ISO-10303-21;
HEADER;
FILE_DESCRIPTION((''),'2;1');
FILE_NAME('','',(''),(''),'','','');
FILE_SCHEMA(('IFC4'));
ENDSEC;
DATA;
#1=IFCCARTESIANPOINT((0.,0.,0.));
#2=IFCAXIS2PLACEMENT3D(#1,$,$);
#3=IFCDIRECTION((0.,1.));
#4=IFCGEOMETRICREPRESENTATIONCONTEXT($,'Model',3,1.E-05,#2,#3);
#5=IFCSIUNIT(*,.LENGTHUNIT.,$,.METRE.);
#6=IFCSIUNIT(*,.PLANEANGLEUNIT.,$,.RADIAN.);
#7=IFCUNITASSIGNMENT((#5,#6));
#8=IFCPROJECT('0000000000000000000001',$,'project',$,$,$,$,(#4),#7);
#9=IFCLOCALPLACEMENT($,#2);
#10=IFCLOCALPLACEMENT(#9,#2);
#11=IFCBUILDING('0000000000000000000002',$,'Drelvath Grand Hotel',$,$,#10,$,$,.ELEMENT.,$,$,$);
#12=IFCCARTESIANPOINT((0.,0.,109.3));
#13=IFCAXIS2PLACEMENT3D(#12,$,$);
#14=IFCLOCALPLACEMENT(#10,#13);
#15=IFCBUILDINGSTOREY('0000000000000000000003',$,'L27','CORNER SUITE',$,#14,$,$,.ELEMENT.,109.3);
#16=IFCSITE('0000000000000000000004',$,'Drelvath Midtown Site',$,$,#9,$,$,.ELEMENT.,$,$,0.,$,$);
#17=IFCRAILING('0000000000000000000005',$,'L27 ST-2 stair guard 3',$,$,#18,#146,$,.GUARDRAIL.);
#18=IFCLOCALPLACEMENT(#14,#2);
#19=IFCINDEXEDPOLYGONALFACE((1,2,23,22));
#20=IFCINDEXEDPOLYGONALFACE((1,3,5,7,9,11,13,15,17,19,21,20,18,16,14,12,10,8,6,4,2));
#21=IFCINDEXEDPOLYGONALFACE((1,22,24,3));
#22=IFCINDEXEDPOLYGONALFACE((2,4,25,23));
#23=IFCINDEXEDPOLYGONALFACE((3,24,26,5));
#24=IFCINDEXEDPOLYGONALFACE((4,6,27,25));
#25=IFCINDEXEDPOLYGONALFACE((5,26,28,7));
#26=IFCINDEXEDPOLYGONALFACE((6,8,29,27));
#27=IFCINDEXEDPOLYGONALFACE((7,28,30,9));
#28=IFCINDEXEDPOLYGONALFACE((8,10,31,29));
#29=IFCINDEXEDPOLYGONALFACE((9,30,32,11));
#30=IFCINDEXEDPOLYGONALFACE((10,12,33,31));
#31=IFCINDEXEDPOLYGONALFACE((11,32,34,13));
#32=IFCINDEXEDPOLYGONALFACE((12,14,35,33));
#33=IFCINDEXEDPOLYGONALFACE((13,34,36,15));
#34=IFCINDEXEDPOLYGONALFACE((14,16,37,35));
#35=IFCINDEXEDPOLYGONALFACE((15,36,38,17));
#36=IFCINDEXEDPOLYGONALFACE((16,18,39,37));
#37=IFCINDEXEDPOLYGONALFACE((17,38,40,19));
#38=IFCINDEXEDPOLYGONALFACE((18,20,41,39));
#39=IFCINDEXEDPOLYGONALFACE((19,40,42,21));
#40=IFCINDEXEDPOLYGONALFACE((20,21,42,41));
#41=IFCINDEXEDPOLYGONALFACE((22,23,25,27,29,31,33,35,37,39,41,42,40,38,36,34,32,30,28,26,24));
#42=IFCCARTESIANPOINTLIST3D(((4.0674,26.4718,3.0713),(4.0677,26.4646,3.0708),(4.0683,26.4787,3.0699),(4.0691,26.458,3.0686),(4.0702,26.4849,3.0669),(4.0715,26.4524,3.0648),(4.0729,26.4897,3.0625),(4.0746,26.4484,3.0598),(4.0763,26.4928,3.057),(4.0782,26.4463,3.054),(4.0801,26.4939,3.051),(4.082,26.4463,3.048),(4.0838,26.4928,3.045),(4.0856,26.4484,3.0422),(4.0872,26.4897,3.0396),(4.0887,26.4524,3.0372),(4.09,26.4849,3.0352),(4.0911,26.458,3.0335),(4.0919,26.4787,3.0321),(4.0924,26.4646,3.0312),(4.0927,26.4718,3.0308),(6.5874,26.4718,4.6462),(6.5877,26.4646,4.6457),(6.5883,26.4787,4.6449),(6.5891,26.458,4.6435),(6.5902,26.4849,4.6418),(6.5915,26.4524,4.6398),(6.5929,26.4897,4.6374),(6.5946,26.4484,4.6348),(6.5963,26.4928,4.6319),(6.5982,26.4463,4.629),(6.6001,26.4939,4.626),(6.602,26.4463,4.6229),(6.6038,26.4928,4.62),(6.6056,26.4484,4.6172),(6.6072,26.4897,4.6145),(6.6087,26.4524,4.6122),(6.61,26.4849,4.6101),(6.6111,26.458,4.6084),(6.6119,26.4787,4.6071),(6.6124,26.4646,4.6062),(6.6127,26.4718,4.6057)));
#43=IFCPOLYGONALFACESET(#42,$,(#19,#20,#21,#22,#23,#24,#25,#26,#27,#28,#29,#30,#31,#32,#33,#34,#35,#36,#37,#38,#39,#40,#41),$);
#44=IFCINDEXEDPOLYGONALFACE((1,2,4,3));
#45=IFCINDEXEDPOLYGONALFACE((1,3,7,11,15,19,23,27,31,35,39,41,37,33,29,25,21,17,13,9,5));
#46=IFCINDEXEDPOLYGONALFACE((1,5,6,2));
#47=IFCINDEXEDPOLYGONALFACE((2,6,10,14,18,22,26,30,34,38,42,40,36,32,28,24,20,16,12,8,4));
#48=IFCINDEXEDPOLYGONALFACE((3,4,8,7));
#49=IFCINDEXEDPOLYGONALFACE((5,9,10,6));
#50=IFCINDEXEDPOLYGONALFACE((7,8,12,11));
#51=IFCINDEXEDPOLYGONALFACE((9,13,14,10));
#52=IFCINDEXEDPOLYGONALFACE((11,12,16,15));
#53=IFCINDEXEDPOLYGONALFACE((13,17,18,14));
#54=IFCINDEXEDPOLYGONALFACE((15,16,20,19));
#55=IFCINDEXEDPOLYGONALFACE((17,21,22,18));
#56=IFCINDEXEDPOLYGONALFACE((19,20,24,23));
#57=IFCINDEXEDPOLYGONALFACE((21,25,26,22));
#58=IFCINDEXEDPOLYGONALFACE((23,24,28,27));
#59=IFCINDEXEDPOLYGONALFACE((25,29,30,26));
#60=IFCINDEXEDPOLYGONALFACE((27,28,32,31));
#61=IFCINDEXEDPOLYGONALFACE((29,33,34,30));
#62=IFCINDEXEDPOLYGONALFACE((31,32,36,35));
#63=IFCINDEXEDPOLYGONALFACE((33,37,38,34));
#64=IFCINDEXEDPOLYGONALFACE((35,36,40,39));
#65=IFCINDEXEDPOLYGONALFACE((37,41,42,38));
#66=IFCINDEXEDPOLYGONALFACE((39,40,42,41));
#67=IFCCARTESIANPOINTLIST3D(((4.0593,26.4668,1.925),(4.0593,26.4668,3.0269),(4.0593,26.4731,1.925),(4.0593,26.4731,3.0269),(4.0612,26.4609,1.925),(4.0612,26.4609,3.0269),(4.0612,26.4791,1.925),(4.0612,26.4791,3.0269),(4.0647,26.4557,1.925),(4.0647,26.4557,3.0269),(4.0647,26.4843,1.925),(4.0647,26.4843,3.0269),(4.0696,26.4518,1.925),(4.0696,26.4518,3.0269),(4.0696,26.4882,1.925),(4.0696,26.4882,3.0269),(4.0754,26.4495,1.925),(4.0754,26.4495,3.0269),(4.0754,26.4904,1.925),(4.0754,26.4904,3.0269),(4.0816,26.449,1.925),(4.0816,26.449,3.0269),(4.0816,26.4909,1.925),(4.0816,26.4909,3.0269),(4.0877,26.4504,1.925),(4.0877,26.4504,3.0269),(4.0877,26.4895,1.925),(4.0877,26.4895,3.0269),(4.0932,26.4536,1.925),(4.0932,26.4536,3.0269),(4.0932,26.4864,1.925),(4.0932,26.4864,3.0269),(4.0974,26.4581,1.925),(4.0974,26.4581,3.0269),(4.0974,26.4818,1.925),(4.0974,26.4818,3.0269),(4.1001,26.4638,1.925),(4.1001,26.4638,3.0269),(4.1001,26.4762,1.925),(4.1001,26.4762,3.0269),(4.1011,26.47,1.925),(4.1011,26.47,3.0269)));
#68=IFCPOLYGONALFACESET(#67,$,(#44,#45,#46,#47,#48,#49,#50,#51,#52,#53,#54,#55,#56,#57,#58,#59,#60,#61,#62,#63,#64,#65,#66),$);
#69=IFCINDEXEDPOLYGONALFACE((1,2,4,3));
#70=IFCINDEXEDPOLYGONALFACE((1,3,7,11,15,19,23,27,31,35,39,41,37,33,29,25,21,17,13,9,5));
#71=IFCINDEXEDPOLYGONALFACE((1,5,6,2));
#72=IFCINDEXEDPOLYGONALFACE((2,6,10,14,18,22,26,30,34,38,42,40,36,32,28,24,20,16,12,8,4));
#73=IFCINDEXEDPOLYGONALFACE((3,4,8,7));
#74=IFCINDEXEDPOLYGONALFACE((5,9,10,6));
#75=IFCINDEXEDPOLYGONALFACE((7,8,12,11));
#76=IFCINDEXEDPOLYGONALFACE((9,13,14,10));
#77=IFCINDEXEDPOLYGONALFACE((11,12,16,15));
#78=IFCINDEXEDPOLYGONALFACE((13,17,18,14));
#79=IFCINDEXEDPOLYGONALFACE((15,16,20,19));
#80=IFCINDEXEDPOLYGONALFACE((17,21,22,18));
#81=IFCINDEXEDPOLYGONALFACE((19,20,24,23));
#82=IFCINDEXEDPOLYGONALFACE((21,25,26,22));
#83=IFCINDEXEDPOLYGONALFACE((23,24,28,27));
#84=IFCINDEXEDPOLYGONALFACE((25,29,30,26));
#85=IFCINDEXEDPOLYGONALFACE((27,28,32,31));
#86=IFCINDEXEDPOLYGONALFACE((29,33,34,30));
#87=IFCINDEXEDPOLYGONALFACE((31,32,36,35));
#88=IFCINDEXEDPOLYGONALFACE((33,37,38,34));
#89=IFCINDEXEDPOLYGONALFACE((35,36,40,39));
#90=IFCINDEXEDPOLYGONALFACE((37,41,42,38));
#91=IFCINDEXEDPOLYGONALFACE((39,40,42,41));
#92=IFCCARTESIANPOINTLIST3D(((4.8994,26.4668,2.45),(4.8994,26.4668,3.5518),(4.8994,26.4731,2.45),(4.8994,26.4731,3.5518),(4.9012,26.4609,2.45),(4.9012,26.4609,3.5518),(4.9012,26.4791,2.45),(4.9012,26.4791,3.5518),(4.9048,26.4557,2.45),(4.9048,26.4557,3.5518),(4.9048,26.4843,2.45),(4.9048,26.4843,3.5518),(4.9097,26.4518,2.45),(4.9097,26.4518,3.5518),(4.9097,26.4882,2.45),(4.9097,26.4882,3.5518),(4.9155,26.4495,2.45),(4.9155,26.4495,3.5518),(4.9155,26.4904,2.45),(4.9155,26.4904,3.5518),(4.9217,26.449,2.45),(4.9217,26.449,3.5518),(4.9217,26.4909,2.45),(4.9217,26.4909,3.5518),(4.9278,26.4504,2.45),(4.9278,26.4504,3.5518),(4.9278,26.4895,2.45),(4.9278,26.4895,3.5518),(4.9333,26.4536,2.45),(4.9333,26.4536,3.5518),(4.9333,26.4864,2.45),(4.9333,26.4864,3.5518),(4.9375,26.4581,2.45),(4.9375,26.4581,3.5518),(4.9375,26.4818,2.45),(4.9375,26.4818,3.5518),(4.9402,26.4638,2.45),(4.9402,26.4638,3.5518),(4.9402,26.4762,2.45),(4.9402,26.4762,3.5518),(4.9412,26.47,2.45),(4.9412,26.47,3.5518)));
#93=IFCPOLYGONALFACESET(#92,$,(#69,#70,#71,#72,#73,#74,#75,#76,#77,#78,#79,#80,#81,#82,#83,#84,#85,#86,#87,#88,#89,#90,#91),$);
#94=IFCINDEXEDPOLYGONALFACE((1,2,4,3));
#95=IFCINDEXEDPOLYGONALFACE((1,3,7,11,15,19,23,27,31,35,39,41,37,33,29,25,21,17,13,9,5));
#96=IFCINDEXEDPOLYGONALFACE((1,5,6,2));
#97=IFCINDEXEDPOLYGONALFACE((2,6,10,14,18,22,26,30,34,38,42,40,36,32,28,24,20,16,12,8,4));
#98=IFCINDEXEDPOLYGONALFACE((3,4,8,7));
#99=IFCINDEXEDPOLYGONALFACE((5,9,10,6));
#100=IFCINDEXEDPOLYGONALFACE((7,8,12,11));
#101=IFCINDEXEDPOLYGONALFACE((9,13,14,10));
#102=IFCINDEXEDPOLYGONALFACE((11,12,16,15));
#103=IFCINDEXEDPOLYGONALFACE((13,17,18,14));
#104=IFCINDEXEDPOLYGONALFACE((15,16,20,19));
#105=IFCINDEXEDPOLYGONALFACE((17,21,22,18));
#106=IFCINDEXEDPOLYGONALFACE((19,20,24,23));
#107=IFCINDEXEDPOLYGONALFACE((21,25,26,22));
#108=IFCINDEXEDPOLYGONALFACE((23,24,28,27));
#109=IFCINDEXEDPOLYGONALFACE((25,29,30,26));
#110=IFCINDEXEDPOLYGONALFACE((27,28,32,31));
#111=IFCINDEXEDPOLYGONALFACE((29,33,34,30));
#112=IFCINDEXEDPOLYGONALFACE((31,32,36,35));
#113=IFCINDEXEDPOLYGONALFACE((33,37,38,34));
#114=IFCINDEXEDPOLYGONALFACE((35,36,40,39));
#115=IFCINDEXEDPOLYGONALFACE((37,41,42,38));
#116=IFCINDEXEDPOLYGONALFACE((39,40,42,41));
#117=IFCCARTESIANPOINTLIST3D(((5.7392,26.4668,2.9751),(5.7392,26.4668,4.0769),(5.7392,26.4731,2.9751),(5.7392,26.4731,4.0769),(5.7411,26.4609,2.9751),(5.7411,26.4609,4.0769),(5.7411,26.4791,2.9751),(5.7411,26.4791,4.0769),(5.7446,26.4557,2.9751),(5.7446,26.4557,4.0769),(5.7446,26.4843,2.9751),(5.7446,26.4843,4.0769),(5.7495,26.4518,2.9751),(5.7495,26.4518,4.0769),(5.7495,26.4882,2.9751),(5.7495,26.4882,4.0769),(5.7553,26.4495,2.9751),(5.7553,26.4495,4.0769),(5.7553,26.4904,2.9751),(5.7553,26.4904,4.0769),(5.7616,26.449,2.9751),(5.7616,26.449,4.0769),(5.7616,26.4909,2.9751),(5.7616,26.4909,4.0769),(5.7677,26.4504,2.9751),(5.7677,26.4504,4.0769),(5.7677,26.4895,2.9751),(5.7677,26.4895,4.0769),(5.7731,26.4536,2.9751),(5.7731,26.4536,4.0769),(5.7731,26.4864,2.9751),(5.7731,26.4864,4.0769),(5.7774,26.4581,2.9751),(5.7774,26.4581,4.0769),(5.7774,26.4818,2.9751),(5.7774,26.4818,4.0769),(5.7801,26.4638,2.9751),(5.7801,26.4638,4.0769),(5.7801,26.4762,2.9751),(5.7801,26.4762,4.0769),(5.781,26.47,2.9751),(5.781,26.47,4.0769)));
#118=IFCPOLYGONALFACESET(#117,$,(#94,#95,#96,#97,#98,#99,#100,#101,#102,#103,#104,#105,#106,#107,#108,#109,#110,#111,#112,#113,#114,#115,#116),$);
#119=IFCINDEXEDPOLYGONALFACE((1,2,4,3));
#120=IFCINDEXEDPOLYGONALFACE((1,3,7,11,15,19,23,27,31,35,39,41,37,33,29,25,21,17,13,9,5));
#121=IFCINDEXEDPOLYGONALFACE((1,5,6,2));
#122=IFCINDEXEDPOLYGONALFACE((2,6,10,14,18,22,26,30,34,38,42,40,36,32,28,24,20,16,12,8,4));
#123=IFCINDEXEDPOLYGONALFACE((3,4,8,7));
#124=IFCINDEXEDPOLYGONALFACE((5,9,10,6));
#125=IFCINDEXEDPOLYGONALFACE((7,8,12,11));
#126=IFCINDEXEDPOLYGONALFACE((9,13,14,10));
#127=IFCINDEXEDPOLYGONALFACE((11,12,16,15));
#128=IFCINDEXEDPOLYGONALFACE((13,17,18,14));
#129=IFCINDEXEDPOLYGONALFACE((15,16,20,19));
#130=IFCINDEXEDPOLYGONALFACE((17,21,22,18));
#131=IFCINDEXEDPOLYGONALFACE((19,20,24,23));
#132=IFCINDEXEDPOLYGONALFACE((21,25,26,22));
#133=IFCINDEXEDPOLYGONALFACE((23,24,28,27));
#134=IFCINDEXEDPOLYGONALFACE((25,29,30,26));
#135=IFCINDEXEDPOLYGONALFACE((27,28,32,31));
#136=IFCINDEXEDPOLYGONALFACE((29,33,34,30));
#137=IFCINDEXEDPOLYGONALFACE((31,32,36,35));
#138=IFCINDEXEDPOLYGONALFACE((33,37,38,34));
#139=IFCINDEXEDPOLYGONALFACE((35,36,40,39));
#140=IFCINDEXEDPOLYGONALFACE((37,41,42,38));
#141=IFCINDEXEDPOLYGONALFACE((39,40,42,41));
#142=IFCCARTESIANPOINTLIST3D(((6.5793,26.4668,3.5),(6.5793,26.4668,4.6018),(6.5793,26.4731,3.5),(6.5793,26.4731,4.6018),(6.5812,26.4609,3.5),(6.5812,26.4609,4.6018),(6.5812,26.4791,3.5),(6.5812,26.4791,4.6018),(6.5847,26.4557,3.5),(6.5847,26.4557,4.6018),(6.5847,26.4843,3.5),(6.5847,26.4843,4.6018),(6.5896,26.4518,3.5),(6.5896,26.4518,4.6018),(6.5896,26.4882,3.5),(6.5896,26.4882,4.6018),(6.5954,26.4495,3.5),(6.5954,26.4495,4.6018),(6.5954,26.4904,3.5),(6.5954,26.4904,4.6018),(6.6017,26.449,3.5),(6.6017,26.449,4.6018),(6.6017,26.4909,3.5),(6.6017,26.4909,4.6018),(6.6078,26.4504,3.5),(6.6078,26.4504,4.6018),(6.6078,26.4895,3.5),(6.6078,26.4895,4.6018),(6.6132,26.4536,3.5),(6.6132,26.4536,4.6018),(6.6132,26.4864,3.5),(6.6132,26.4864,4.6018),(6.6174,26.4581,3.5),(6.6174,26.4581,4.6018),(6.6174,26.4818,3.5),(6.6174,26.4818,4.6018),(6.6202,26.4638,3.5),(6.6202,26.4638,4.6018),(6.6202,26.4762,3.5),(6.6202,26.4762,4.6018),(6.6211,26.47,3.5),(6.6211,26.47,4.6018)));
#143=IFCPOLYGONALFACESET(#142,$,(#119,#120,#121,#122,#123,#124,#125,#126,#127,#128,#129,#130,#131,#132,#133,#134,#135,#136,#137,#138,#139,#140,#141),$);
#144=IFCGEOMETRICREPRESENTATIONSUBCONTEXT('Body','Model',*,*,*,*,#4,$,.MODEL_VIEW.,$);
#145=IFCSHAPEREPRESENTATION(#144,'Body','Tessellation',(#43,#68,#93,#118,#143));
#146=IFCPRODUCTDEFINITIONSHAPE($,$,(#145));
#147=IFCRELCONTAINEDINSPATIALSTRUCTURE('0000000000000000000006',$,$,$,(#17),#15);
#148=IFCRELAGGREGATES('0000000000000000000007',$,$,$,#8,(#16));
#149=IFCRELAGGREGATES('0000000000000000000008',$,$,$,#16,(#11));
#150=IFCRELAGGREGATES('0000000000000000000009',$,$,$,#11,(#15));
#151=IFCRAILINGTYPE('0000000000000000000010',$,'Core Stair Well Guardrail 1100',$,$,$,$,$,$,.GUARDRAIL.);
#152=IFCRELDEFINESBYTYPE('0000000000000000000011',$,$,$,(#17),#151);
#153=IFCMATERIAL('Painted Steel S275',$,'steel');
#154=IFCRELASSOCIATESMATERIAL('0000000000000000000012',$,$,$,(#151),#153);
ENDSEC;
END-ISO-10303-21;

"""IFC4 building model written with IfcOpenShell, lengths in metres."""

from ifc_helpers import new_model, si_unit, direction, frame, origin, origin_2d, place, context, subcontext, project, spatial, circle, extrude, material, type_object, element, save


model = new_model("IFC4")

# Units and contexts
model_context = context("Model", 3, precision=1e-05, world=origin(), true_north=direction((0.0, 1.0)))
body_context = subcontext(model_context, "Body", "Model", "MODEL_VIEW")
ifc_project = project(units=[si_unit("LENGTHUNIT", "METRE"), si_unit("PLANEANGLEUNIT", "RADIAN")], contexts=[model_context])

# Site, building, storey
site_placement = place(None, origin())
site = spatial("IfcSite", under=ifc_project, at=site_placement, Name="Drelvath Midtown Site", CompositionType="ELEMENT", RefElevation=0.0)
building_placement = place(site_placement, origin())
building = spatial("IfcBuilding", under=site, at=building_placement, Name="Drelvath Grand Hotel", CompositionType="ELEMENT")
storey_placement = place(building_placement, frame((0.0, 0.0, 109.3)))
storey = spatial("IfcBuildingStorey", under=building, at=storey_placement, Name="L27", Description="CORNER SUITE", CompositionType="ELEMENT", Elevation=109.3)

# Railing
ifc_material_1 = material(Name="Painted Steel S275", Category="steel")
railing_type_1 = type_object("IfcRailingType", Name="Core Stair Well Guardrail 1100", PredefinedType="GUARDRAIL", material=ifc_material_1)
railing_1_placement = place(storey_placement, frame((4.0801, 26.47, 1.925)))
element("IfcRailing", 1, at=railing_1_placement, inside=storey, type_object=railing_type_1, Name="L27 ST-2 stair guard 3", PredefinedType="GUARDRAIL", context=body_context, shape_type="SweptSolid", body=[
    extrude(circle(Radius=0.0239, at=origin_2d()), frame((0.0, 0.0, 1.126), z_axis=(0.848008, 0.0, 0.529984), x_axis=(0.0, 1.0, 0.0)), (0.0, 0.0, 1.0), 2.9717),
    extrude(circle(Radius=0.021, at=origin_2d()), origin(), (0.0, 0.0, 1.0), 1.1018),
    extrude(circle(Radius=0.021, at=origin_2d()), frame((0.8401, 0.0, 0.5249)), (0.0, 0.0, 1.0), 1.1018),
    extrude(circle(Radius=0.021, at=origin_2d()), frame((1.6799, 0.0, 1.05)), (0.0, 0.0, 1.0), 1.1018),
    extrude(circle(Radius=0.021, at=origin_2d()), frame((2.52, 0.0, 1.575)), (0.0, 0.0, 1.0), 1.1018),
])

save(model, "model.ifc")
